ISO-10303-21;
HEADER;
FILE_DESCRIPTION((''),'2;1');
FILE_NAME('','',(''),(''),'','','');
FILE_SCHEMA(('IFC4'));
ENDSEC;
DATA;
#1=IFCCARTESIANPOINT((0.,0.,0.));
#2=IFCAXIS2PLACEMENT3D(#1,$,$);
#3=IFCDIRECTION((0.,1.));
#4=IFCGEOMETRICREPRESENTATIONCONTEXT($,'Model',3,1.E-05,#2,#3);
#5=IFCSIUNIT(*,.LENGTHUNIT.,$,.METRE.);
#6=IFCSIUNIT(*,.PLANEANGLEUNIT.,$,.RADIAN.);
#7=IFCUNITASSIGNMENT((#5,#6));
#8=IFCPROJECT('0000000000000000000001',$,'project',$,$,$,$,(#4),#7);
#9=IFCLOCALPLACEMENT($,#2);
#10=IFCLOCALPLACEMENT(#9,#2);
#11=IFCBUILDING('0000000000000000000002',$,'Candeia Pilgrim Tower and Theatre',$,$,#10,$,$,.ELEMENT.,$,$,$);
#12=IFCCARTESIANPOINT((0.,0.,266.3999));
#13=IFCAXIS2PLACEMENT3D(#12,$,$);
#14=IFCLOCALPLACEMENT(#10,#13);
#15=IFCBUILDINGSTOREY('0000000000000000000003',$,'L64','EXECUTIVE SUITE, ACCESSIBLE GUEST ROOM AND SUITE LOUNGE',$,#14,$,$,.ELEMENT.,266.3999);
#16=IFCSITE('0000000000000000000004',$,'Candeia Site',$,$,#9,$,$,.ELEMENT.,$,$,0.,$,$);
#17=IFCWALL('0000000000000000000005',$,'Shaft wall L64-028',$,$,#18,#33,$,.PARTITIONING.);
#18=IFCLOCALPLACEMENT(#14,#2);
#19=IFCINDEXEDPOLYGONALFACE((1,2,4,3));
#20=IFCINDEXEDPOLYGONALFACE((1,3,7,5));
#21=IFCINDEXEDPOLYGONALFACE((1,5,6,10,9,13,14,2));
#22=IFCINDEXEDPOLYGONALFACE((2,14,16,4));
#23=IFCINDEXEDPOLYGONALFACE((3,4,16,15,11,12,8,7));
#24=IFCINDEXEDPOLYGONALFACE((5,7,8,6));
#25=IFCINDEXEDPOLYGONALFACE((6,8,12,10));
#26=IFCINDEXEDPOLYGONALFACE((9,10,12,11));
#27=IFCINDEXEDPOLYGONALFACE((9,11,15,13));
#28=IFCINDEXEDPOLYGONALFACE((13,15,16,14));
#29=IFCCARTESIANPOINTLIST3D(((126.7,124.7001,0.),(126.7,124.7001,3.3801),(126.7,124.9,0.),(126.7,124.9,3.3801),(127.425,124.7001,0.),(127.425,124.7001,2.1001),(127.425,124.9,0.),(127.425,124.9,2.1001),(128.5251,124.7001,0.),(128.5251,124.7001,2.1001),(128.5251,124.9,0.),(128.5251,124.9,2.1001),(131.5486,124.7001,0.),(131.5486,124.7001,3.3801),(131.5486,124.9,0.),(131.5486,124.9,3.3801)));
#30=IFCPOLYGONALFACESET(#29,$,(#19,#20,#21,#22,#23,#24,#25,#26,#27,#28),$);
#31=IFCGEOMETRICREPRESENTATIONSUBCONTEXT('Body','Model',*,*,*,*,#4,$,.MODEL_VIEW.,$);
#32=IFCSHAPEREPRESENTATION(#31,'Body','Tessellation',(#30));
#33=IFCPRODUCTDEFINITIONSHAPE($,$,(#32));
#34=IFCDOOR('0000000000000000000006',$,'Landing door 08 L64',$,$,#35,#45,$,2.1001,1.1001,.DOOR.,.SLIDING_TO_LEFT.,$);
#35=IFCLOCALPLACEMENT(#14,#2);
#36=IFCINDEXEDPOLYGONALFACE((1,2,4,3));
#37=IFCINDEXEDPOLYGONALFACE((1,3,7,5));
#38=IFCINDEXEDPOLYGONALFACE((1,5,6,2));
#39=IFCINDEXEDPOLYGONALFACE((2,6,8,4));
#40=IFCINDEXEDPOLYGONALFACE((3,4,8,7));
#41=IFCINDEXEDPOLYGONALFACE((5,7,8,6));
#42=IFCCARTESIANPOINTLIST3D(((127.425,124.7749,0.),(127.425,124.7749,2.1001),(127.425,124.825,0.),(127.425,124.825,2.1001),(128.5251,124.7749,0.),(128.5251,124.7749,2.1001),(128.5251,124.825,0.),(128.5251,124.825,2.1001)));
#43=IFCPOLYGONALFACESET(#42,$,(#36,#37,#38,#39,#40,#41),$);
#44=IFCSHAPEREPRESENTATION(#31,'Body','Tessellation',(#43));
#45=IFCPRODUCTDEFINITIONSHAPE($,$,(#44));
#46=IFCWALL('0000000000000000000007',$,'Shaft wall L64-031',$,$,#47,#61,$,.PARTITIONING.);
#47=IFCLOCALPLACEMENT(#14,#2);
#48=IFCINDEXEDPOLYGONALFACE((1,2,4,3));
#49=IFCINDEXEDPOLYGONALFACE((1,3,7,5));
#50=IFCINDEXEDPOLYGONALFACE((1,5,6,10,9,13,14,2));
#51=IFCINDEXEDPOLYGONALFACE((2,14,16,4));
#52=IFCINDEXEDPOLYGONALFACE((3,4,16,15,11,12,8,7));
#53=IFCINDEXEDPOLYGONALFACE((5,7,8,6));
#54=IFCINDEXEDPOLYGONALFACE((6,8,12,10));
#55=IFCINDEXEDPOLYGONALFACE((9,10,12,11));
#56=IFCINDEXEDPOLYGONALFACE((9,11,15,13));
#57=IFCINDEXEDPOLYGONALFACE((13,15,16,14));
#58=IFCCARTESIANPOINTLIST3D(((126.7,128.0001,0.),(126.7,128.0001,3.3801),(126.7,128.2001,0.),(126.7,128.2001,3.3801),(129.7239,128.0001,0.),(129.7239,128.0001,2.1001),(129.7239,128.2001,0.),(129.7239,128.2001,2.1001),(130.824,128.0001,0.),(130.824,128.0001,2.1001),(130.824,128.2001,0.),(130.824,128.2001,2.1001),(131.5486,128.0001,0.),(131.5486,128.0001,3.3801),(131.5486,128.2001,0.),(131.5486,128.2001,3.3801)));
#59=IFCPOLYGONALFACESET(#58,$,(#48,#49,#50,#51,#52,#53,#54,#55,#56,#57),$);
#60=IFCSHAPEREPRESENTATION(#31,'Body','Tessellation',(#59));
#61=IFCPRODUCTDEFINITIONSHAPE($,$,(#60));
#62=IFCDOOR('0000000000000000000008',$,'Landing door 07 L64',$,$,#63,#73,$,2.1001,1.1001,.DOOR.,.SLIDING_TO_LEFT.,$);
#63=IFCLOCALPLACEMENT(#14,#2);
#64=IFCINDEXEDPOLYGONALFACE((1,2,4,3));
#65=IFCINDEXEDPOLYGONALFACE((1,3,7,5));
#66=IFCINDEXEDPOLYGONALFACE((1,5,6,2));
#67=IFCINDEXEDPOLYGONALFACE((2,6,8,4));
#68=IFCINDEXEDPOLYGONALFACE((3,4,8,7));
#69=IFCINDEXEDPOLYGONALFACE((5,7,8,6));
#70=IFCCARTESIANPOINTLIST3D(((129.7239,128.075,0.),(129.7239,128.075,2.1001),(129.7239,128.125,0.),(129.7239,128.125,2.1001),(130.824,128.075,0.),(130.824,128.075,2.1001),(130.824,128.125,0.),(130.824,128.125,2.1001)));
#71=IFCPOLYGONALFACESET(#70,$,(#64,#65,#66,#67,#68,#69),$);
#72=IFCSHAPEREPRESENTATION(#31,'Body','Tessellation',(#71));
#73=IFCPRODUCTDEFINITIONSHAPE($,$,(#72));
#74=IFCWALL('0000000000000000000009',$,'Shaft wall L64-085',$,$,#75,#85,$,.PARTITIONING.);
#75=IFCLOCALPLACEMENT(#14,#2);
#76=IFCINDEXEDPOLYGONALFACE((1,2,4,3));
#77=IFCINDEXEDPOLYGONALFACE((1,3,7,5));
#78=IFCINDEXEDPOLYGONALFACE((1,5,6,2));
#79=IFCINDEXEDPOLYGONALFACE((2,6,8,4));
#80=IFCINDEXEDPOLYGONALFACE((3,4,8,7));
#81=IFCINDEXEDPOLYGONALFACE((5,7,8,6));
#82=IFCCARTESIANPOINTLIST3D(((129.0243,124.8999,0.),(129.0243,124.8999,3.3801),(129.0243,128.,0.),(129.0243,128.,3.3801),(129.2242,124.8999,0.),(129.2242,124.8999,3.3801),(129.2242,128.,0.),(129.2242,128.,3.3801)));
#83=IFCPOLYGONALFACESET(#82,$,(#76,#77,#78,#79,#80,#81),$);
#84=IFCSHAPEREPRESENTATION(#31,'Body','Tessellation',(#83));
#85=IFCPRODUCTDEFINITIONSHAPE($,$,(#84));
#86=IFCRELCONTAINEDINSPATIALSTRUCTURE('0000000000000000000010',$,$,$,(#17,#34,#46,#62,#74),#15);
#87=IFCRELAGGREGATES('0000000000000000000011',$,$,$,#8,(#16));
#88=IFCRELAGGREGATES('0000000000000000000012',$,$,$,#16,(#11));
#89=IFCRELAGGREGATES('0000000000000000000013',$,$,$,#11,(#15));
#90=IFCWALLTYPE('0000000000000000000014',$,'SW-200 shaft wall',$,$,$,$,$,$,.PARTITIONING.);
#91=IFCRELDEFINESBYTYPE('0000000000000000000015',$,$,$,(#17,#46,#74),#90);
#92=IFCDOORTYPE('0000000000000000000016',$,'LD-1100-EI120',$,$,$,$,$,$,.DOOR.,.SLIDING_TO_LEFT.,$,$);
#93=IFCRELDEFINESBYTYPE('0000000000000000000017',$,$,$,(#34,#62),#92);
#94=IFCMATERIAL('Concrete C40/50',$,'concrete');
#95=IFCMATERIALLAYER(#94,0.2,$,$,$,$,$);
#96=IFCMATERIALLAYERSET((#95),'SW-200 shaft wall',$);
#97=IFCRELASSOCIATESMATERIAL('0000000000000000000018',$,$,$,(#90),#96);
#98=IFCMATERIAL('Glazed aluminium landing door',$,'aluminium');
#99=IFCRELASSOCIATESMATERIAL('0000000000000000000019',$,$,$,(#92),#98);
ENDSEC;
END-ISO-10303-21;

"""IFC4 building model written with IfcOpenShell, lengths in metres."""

from ifc_helpers import new_model, si_unit, direction, frame, frame_2d, origin, place, context, subcontext, project, spatial, rectangle, extrude, material, layer, layer_set, type_object, element, fill, save


model = new_model("IFC4")

# Units and contexts
model_context = context("Model", 3, precision=1e-05, world=origin(), true_north=direction((0.0, 1.0)))
body_context = subcontext(model_context, "Body", "Model", "MODEL_VIEW")
ifc_project = project(units=[si_unit("LENGTHUNIT", "METRE"), si_unit("PLANEANGLEUNIT", "RADIAN")], contexts=[model_context])

# Site, building, storey
site_placement = place(None, origin())
site = spatial("IfcSite", under=ifc_project, at=site_placement, Name="Candeia Site", CompositionType="ELEMENT", RefElevation=0.0)
building_placement = place(site_placement, origin())
building = spatial("IfcBuilding", under=site, at=building_placement, Name="Candeia Pilgrim Tower and Theatre", CompositionType="ELEMENT")
storey_placement = place(building_placement, frame((0.0, 0.0, 266.3999)))
storey = spatial("IfcBuildingStorey", under=building, at=storey_placement, Name="L64", Description="EXECUTIVE SUITE, ACCESSIBLE GUEST ROOM AND SUITE LOUNGE", CompositionType="ELEMENT", Elevation=266.3999)

# Shared definitions
ifc_material_1 = material(Name="Concrete C40/50", Category="concrete")

# Walls, openings, doors
ifc_layer_1 = layer(ifc_material_1, 0.2)
ifc_layer_set_1 = layer_set([ifc_layer_1], Name="SW-200 shaft wall")
wall_type_1 = type_object("IfcWallType", Name="SW-200 shaft wall", PredefinedType="PARTITIONING", material=ifc_layer_set_1)
wall_1_placement = place(storey_placement, frame((126.7, 124.8, 0.0), z_axis=(0.0, 0.0, 1.0), x_axis=(1.0, 0.0, 0.0)))
wall_1 = element("IfcWall", 1, at=wall_1_placement, inside=storey, type_object=wall_type_1, Name="Shaft wall L64-028", PredefinedType="PARTITIONING", context=body_context, shape_type="SweptSolid", body=[
    extrude(rectangle(XDim=4.8486, YDim=0.2, at=frame_2d((2.4243, 0.0))), origin(), (0.0, 0.0, 1.0), 3.3801),
])
opening_1_placement = place(wall_1_placement, frame((0.7251, 0.0, 0.0)))
opening_1 = element("IfcOpeningElement", 2, at=opening_1_placement, cuts=wall_1, PredefinedType="OPENING", context=body_context, shape_type="SweptSolid", body=[
    extrude(rectangle(XDim=1.1001, YDim=2.1001, at=frame_2d((0.55, 1.05))), frame((0.0, 0.1099, 0.0), z_axis=(0.0, -1.0, 0.0), x_axis=(1.0, 0.0, 0.0)), (0.0, 0.0, 1.0), 0.22),
])
ifc_material_2 = material(Name="Glazed aluminium landing door", Category="aluminium")
door_type_1 = type_object("IfcDoorType", Name="LD-1100-EI120", OperationType="SLIDING_TO_LEFT", PredefinedType="DOOR", material=ifc_material_2)
door_1_placement = place(opening_1_placement, origin())
door_1 = element("IfcDoor", 3, at=door_1_placement, inside=storey, type_object=door_type_1, Name="Landing door 08 L64", OperationType="SLIDING_TO_LEFT", OverallHeight=2.1001, OverallWidth=1.1001, PredefinedType="DOOR", context=body_context, shape_type="SweptSolid", body=[
    extrude(rectangle(XDim=1.1001, YDim=2.1001, at=frame_2d((0.55, 1.05))), frame((0.0, 0.0249, 0.0), z_axis=(0.0, -1.0, 0.0), x_axis=(1.0, 0.0, 0.0)), (0.0, 0.0, 1.0), 0.05),
])
fill(opening_1, door_1)
wall_2_placement = place(storey_placement, frame((126.7, 128.1001, 0.0), z_axis=(0.0, 0.0, 1.0), x_axis=(1.0, 0.0, 0.0)))
wall_2 = element("IfcWall", 4, at=wall_2_placement, inside=storey, type_object=wall_type_1, Name="Shaft wall L64-031", PredefinedType="PARTITIONING", context=body_context, shape_type="SweptSolid", body=[
    extrude(rectangle(XDim=4.8486, YDim=0.2, at=frame_2d((2.4243, 0.0))), origin(), (0.0, 0.0, 1.0), 3.3801),
])
opening_2_placement = place(wall_2_placement, frame((3.0239, 0.0, 0.0)))
opening_2 = element("IfcOpeningElement", 5, at=opening_2_placement, cuts=wall_2, PredefinedType="OPENING", context=body_context, shape_type="SweptSolid", body=[
    extrude(rectangle(XDim=1.1001, YDim=2.1001, at=frame_2d((0.55, 1.05))), frame((0.0, 0.1099, 0.0), z_axis=(0.0, -1.0, 0.0), x_axis=(1.0, 0.0, 0.0)), (0.0, 0.0, 1.0), 0.22),
])
door_2_placement = place(opening_2_placement, origin())
door_2 = element("IfcDoor", 6, at=door_2_placement, inside=storey, type_object=door_type_1, Name="Landing door 07 L64", OperationType="SLIDING_TO_LEFT", OverallHeight=2.1001, OverallWidth=1.1001, PredefinedType="DOOR", context=body_context, shape_type="SweptSolid", body=[
    extrude(rectangle(XDim=1.1001, YDim=2.1001, at=frame_2d((0.55, 1.05))), frame((0.0, 0.0249, 0.0), z_axis=(0.0, -1.0, 0.0), x_axis=(1.0, 0.0, 0.0)), (0.0, 0.0, 1.0), 0.05),
])
fill(opening_2, door_2)

# Wall
wall_3_placement = place(storey_placement, frame((129.1243, 124.8999, 0.0), z_axis=(0.0, 0.0, 1.0), x_axis=(0.0, 1.0, 0.0)))
element("IfcWall", 7, at=wall_3_placement, inside=storey, type_object=wall_type_1, Name="Shaft wall L64-085", PredefinedType="PARTITIONING", context=body_context, shape_type="SweptSolid", body=[
    extrude(rectangle(XDim=3.1001, YDim=0.2, at=frame_2d((1.55, 0.0))), origin(), (0.0, 0.0, 1.0), 3.3801),
])

save(model, "model.ifc")
